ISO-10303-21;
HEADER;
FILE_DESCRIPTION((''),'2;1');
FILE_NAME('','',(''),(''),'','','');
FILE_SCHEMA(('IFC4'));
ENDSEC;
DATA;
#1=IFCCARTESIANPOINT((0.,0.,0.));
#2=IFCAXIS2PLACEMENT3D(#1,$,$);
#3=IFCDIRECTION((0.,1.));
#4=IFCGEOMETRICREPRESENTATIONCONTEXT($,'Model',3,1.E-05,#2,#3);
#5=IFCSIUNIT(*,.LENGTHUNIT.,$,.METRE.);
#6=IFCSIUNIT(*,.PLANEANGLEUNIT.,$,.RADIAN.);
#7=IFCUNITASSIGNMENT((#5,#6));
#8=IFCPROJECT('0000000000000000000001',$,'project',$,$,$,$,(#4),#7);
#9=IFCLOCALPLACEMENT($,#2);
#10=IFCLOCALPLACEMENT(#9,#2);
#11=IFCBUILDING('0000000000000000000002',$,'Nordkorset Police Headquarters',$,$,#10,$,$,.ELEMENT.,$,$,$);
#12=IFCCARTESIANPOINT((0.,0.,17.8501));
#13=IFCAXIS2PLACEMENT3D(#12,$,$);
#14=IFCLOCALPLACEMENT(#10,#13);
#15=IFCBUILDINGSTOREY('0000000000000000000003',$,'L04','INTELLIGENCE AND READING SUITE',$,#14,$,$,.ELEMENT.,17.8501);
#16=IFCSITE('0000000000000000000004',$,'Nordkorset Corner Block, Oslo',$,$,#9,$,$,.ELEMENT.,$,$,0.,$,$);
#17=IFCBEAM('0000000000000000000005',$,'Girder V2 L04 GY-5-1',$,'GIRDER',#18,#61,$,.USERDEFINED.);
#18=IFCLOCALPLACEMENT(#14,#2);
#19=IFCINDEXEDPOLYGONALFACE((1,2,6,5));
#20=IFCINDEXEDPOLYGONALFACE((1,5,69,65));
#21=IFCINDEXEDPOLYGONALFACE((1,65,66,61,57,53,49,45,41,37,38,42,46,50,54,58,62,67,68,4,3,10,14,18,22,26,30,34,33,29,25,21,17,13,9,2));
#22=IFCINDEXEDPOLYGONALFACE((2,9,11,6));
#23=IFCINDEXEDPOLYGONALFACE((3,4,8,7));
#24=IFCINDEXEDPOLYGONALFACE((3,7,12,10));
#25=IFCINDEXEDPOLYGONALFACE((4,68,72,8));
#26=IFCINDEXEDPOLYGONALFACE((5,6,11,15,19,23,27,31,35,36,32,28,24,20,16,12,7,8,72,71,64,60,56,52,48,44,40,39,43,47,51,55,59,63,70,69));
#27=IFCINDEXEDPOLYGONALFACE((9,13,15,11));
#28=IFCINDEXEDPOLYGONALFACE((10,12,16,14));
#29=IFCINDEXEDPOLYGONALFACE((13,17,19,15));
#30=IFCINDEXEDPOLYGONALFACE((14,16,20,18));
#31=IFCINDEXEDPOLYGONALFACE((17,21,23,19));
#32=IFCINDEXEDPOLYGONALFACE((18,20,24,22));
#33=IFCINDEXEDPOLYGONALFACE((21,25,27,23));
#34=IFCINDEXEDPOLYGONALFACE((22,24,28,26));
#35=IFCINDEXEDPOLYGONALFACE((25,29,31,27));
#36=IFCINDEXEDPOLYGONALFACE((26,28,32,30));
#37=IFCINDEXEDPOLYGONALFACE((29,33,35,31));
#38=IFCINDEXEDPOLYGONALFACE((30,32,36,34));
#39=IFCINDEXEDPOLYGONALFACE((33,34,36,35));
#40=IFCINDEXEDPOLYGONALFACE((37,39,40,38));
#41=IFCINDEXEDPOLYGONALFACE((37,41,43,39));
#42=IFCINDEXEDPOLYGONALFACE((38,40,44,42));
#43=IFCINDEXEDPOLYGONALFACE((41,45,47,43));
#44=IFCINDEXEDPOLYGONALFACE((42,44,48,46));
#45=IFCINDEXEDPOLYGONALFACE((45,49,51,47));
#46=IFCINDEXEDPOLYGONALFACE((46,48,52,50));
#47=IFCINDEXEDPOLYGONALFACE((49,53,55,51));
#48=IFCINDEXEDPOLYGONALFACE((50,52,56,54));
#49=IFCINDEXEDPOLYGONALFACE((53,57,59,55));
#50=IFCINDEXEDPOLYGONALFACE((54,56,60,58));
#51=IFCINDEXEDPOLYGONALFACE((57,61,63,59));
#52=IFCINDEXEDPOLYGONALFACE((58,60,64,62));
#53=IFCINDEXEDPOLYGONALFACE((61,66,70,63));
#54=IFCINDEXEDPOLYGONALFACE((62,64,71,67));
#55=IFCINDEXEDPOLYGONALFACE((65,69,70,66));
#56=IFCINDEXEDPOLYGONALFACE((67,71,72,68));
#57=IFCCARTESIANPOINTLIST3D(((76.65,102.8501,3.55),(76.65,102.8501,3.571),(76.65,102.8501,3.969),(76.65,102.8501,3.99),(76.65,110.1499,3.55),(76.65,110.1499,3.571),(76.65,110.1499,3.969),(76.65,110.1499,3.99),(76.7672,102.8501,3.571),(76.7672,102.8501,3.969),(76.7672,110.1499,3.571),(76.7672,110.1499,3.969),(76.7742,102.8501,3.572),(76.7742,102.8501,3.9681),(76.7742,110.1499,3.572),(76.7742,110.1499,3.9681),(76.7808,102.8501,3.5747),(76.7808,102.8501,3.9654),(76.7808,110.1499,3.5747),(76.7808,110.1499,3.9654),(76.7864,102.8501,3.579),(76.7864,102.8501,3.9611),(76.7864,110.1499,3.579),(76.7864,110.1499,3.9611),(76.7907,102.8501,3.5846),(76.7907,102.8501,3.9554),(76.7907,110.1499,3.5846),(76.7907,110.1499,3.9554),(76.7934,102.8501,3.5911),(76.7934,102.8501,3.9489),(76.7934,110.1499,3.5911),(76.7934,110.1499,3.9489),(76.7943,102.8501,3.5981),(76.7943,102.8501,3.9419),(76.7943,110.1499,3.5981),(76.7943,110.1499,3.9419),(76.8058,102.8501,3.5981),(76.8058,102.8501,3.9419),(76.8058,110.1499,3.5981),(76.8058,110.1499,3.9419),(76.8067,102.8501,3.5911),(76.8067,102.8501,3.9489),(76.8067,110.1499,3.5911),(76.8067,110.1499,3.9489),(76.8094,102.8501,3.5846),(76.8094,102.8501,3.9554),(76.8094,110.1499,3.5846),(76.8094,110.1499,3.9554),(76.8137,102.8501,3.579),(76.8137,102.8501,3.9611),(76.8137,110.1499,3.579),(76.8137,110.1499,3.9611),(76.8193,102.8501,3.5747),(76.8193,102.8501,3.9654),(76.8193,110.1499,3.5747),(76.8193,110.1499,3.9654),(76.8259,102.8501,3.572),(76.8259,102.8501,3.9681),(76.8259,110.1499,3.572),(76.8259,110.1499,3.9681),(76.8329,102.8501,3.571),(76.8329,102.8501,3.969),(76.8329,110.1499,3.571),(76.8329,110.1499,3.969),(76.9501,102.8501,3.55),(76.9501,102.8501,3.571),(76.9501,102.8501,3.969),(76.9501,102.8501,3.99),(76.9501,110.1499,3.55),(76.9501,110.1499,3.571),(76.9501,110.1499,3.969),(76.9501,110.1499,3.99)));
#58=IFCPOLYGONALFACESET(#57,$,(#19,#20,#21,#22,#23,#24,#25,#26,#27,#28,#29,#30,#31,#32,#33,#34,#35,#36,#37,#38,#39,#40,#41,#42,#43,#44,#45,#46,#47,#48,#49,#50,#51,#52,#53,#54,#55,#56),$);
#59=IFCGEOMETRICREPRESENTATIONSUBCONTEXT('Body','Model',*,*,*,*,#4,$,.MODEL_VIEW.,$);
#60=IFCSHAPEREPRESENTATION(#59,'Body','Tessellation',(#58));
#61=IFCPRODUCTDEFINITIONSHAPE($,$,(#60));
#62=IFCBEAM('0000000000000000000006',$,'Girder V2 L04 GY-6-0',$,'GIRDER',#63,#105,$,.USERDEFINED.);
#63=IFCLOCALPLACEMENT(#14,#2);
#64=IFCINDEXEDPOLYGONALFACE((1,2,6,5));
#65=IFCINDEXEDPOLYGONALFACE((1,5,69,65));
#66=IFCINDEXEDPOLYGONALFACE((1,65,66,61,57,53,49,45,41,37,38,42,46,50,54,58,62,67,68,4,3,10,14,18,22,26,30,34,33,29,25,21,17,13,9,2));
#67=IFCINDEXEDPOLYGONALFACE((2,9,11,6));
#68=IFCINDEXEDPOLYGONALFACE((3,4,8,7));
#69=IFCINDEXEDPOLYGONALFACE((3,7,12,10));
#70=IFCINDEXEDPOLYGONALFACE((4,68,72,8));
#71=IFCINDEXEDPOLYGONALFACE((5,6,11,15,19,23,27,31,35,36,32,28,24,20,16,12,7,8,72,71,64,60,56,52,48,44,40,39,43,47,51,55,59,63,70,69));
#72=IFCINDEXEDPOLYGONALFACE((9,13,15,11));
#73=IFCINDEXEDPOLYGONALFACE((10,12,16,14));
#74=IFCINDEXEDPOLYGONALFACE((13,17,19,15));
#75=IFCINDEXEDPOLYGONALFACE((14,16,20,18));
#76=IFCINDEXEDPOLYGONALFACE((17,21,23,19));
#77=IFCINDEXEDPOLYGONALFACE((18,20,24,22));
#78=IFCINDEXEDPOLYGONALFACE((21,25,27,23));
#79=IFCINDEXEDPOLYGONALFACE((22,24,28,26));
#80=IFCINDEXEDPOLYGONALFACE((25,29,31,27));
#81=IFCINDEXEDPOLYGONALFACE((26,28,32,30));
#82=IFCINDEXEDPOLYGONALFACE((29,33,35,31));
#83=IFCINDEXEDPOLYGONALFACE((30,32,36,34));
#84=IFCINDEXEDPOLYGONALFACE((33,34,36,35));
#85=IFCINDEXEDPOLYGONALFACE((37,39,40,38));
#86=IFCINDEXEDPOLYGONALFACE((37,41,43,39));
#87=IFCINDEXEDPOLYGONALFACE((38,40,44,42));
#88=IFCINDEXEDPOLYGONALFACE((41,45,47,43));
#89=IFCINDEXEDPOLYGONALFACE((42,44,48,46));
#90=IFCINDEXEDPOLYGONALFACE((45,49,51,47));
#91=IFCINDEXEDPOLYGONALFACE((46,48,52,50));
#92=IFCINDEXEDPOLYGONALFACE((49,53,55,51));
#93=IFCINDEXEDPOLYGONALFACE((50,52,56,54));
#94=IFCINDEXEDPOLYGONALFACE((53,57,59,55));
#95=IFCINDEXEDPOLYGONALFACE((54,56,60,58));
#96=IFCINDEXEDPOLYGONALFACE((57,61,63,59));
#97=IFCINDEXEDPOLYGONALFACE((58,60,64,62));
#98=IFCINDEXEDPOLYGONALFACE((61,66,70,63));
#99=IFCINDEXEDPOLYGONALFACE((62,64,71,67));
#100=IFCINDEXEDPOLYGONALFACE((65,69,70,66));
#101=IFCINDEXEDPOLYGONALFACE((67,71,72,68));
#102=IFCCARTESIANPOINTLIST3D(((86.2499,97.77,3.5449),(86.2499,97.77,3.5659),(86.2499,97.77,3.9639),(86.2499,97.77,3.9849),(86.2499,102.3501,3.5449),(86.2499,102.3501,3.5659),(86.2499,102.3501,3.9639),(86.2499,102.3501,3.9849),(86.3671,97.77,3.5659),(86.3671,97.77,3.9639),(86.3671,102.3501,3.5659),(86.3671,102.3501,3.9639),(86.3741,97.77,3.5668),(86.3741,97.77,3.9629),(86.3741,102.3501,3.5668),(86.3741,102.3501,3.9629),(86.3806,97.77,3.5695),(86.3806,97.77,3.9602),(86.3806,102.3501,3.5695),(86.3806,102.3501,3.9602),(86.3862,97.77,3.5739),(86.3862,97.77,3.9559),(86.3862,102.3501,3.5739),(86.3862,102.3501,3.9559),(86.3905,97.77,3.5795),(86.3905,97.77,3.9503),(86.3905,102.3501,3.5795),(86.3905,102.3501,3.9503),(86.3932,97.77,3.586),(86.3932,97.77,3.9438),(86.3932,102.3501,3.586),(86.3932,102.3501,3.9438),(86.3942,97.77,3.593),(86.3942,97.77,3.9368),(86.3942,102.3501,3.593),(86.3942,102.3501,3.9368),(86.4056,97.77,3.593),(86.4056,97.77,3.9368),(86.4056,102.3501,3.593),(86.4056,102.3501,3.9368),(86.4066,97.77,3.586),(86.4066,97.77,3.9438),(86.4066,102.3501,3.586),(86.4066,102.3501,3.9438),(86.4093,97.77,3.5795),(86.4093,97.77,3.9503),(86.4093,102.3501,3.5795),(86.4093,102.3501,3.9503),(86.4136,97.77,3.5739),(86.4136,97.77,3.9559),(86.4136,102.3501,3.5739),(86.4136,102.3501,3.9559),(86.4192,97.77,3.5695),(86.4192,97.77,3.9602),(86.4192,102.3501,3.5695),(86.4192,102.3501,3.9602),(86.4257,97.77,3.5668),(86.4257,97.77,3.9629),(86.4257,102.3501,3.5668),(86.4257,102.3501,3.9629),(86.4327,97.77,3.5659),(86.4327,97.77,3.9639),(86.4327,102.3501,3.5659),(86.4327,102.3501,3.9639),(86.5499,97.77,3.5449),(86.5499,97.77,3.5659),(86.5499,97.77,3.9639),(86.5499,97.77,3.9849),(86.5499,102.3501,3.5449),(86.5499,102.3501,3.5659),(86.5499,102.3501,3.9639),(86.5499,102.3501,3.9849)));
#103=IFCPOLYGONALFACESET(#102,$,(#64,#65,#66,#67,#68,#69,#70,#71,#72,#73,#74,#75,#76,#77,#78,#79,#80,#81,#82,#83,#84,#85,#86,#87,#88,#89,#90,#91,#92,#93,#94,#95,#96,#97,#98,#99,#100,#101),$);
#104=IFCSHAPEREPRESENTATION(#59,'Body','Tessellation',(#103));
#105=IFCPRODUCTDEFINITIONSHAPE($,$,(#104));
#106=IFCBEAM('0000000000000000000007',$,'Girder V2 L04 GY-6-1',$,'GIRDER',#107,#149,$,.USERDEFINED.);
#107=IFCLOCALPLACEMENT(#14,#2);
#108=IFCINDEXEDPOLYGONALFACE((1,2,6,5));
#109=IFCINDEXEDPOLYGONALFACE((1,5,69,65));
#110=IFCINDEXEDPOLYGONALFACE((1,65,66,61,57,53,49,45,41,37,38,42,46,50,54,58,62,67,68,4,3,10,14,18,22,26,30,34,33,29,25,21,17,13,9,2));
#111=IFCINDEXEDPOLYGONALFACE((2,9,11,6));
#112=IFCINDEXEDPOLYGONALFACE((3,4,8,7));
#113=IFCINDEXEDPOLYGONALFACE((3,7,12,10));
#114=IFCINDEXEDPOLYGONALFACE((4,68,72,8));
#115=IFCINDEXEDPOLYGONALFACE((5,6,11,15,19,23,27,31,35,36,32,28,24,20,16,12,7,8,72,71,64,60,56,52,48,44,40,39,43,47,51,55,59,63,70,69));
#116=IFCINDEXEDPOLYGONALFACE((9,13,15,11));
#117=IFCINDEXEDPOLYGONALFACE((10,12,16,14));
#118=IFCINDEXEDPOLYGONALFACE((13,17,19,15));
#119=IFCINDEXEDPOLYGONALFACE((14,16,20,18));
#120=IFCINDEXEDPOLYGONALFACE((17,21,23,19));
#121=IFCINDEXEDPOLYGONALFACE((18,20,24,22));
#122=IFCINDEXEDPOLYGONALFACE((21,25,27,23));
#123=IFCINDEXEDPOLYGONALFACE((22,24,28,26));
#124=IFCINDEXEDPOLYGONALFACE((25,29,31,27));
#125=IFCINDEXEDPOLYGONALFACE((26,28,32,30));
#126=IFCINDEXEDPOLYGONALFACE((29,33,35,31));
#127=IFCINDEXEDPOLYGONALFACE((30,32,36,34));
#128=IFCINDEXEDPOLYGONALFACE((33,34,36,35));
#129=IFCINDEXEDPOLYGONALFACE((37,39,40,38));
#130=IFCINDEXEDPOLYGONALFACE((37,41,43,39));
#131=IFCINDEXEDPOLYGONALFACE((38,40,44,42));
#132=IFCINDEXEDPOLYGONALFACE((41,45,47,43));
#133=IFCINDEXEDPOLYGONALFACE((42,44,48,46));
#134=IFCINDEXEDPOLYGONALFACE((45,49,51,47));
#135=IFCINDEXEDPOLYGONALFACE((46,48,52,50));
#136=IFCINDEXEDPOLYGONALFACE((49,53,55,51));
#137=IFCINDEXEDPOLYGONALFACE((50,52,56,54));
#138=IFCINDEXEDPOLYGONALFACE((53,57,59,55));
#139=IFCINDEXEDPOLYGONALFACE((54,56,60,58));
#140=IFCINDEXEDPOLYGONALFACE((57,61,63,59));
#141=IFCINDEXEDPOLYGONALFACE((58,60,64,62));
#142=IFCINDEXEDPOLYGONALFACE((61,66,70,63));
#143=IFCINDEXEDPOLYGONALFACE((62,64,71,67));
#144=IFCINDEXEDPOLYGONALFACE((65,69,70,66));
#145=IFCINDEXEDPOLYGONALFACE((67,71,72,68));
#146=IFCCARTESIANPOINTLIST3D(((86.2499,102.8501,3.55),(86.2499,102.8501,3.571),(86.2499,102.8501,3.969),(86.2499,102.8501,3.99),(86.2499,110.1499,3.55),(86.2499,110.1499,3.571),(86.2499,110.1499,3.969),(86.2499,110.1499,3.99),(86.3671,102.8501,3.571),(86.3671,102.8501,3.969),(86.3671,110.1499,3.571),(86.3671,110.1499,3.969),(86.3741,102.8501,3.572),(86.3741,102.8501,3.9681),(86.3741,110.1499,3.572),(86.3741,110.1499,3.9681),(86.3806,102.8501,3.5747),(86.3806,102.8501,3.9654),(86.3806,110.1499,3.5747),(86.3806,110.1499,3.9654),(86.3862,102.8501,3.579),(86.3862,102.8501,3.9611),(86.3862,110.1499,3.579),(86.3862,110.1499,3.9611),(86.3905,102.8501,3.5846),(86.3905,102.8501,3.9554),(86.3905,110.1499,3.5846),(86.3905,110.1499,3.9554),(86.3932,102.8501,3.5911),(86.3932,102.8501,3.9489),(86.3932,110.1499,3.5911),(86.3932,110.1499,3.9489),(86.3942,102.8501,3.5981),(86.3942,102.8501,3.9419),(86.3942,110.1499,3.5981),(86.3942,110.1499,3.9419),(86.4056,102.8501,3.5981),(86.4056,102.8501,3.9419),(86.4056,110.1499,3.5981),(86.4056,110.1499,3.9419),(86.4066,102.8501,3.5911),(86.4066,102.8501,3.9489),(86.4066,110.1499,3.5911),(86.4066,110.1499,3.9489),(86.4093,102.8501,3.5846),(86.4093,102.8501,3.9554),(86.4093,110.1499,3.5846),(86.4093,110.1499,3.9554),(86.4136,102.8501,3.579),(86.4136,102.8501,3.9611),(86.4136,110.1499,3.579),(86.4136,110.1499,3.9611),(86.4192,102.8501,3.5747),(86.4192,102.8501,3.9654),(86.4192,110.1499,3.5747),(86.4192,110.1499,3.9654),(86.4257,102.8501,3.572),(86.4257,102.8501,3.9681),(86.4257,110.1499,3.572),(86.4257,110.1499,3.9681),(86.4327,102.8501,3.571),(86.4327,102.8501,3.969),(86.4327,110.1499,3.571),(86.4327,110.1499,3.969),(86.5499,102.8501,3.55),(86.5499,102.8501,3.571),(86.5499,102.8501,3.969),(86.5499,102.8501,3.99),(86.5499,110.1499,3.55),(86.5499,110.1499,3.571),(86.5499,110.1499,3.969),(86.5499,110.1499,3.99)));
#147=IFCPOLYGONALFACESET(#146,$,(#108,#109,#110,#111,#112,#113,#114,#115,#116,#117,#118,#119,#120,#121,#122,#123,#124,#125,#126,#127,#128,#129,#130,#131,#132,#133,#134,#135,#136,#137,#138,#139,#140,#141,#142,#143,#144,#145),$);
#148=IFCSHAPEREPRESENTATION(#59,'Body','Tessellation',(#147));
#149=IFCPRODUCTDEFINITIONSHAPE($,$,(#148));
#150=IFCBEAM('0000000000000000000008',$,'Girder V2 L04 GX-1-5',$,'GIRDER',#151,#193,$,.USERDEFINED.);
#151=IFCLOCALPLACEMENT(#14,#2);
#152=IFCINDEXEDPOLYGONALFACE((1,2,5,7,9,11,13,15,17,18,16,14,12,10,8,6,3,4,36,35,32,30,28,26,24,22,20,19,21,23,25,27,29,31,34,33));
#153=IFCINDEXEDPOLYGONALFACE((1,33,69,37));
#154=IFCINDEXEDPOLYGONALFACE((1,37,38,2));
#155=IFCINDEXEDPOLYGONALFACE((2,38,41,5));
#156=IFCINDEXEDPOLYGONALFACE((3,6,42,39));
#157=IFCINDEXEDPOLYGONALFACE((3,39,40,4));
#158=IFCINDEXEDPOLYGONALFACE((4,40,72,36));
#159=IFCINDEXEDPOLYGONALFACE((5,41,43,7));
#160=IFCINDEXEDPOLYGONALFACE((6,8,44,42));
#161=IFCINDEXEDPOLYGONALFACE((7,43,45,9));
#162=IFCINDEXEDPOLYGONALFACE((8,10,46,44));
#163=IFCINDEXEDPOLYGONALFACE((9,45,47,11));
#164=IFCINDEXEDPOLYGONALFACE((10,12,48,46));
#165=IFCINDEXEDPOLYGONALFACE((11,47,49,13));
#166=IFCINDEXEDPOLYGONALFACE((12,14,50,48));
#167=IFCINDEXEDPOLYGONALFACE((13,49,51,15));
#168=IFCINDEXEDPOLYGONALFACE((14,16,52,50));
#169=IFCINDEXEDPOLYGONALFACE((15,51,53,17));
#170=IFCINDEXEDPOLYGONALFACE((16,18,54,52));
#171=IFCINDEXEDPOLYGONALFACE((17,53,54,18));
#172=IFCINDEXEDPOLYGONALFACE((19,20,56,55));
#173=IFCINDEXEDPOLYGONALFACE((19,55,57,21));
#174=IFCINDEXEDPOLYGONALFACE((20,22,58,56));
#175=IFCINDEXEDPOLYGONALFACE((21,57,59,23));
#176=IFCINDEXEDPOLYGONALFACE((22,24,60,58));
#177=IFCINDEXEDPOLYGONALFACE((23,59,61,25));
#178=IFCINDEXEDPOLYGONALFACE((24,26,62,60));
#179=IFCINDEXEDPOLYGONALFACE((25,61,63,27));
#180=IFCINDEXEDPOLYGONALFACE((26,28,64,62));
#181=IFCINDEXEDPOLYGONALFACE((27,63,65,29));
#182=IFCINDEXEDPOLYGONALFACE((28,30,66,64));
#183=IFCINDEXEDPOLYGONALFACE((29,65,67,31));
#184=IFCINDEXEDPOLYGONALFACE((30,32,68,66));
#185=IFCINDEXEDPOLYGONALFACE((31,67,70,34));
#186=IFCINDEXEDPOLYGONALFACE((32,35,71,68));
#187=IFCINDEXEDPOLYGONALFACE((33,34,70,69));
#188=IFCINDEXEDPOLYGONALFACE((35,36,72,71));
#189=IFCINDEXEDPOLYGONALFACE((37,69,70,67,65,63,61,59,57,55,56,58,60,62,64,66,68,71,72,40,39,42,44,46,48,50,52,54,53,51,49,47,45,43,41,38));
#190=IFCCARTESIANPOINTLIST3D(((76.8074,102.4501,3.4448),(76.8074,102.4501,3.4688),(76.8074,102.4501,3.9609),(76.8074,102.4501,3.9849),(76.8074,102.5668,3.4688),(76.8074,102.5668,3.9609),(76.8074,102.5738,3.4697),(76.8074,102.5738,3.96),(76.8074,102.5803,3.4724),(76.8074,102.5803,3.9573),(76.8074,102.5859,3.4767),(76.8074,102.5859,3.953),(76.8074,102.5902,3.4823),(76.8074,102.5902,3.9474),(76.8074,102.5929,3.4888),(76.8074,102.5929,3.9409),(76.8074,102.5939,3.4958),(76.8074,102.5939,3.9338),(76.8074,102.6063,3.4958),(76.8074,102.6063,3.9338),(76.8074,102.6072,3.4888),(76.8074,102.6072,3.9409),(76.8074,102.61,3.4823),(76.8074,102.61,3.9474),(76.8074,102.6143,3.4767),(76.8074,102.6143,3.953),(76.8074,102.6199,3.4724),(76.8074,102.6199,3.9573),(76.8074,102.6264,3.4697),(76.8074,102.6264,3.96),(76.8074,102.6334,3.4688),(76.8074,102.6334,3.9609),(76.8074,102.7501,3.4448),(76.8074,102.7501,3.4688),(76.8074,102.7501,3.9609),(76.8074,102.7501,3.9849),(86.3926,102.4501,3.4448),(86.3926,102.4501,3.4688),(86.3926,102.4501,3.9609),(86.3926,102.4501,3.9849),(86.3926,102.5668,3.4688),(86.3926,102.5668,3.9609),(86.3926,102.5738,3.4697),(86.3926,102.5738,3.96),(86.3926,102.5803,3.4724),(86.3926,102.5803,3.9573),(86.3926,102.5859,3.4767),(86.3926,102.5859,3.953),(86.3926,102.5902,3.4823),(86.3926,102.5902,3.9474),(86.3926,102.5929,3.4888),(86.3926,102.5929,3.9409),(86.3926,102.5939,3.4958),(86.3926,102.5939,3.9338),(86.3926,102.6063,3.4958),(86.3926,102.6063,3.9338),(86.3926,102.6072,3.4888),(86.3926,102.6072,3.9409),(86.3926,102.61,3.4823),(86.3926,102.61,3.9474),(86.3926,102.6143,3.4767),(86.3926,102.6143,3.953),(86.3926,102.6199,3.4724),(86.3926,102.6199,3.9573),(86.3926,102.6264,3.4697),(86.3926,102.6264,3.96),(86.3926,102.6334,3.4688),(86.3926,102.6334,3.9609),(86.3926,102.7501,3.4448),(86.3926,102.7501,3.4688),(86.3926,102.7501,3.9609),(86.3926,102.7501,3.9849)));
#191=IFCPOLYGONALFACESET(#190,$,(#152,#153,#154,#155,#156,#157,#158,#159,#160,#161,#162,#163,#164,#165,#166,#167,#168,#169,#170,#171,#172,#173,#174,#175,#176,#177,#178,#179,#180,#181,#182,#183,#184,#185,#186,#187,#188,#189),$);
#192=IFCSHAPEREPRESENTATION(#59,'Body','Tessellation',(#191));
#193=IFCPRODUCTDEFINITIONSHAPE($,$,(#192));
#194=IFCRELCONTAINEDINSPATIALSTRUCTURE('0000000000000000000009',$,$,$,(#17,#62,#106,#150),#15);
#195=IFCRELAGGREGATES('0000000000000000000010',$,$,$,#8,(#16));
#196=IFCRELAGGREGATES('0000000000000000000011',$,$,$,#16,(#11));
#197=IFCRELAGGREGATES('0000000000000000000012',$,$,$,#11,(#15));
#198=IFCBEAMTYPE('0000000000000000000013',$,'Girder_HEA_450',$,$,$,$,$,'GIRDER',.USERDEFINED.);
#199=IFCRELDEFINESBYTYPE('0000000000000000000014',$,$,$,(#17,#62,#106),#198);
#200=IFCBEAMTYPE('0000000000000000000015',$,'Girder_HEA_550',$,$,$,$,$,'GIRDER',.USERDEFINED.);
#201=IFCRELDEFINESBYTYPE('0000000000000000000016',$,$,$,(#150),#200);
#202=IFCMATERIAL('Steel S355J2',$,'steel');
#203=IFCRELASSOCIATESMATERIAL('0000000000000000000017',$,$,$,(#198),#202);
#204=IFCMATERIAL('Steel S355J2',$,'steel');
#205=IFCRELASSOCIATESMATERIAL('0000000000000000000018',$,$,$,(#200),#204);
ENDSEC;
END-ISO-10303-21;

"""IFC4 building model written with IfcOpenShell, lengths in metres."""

from ifc_helpers import new_model, si_unit, direction, frame, origin, origin_2d, place, context, subcontext, project, spatial, i_section, extrude, material, material_profile, profile_set, type_object, element, save


model = new_model("IFC4")

# Units and contexts
model_context = context("Model", 3, precision=1e-05, world=origin(), true_north=direction((0.0, 1.0)))
body_context = subcontext(model_context, "Body", "Model", "MODEL_VIEW")
ifc_project = project(units=[si_unit("LENGTHUNIT", "METRE"), si_unit("PLANEANGLEUNIT", "RADIAN")], contexts=[model_context])

# Site, building, storey
site_placement = place(None, origin())
site = spatial("IfcSite", under=ifc_project, at=site_placement, Name="Nordkorset Corner Block, Oslo", CompositionType="ELEMENT", RefElevation=0.0)
building_placement = place(site_placement, origin())
building = spatial("IfcBuilding", under=site, at=building_placement, Name="Nordkorset Police Headquarters", CompositionType="ELEMENT")
storey_placement = place(building_placement, frame((0.0, 0.0, 17.8501)))
storey = spatial("IfcBuildingStorey", under=building, at=storey_placement, Name="L04", Description="INTELLIGENCE AND READING SUITE", CompositionType="ELEMENT", Elevation=17.8501)

# Beams
ifc_material_1 = material(Name="Steel S355J2", Category="steel")
ifc_material_profile_1 = material_profile(ifc_material_1, i_section(OverallWidth=0.3, OverallDepth=0.4399, WebThickness=0.0115, FlangeThickness=0.021, FilletRadius=0.0271, at=origin_2d()), Name="HEA 450")
ifc_profile_set_1 = profile_set([ifc_material_profile_1], Name="Steel S355J2")
beam_type_1 = type_object("IfcBeamType", Name="Girder_HEA_450", ElementType="GIRDER", PredefinedType="USERDEFINED", material=ifc_profile_set_1)
beam_1_placement = place(storey_placement, frame((76.8, 102.8501, 3.77), z_axis=(0.0, 1.0, 0.0), x_axis=(-1.0, 0.0, 0.0)))
element("IfcBeam", 1, at=beam_1_placement, inside=storey, type_object=beam_type_1, Name="Girder V2 L04 GY-5-1", ObjectType="GIRDER", PredefinedType="USERDEFINED", context=body_context, shape_type="SweptSolid", body=[
    extrude(i_section(OverallWidth=0.3, OverallDepth=0.4399, WebThickness=0.0115, FlangeThickness=0.021, FilletRadius=0.0271, at=origin_2d()), origin(), (0.0, 0.0, 1.0), 7.2998),
])
beam_2_placement = place(storey_placement, frame((86.3999, 97.77, 3.7649), z_axis=(0.0, 1.0, 0.0), x_axis=(-1.0, 0.0, 0.0)))
element("IfcBeam", 2, at=beam_2_placement, inside=storey, type_object=beam_type_1, Name="Girder V2 L04 GY-6-0", ObjectType="GIRDER", PredefinedType="USERDEFINED", context=body_context, shape_type="SweptSolid", body=[
    extrude(i_section(OverallWidth=0.3, OverallDepth=0.4399, WebThickness=0.0115, FlangeThickness=0.021, FilletRadius=0.0271, at=origin_2d()), origin(), (0.0, 0.0, 1.0), 4.5801),
])
beam_3_placement = place(storey_placement, frame((86.3999, 102.8501, 3.77), z_axis=(0.0, 1.0, 0.0), x_axis=(-1.0, 0.0, 0.0)))
element("IfcBeam", 3, at=beam_3_placement, inside=storey, type_object=beam_type_1, Name="Girder V2 L04 GY-6-1", ObjectType="GIRDER", PredefinedType="USERDEFINED", context=body_context, shape_type="SweptSolid", body=[
    extrude(i_section(OverallWidth=0.3, OverallDepth=0.4399, WebThickness=0.0115, FlangeThickness=0.021, FilletRadius=0.0271, at=origin_2d()), origin(), (0.0, 0.0, 1.0), 7.2998),
])
ifc_material_2 = material(Name="Steel S355J2", Category="steel")
ifc_material_profile_2 = material_profile(ifc_material_2, i_section(OverallWidth=0.3, OverallDepth=0.54, WebThickness=0.0125, FlangeThickness=0.0239, FilletRadius=0.0271, at=origin_2d()), Name="HEA 550")
ifc_profile_set_2 = profile_set([ifc_material_profile_2], Name="Steel S355J2")
beam_type_2 = type_object("IfcBeamType", Name="Girder_HEA_550", ElementType="GIRDER", PredefinedType="USERDEFINED", material=ifc_profile_set_2)
beam_4_placement = place(storey_placement, frame((76.8074, 102.6001, 3.7148), z_axis=(1.0, 0.0, 0.0), x_axis=(0.0, 1.0, 0.0)))
element("IfcBeam", 4, at=beam_4_placement, inside=storey, type_object=beam_type_2, Name="Girder V2 L04 GX-1-5", ObjectType="GIRDER", PredefinedType="USERDEFINED", context=body_context, shape_type="SweptSolid", body=[
    extrude(i_section(OverallWidth=0.3, OverallDepth=0.54, WebThickness=0.0125, FlangeThickness=0.0239, FilletRadius=0.0271, at=origin_2d()), origin(), (0.0, 0.0, 1.0), 9.5852),
])

save(model, "model.ifc")
